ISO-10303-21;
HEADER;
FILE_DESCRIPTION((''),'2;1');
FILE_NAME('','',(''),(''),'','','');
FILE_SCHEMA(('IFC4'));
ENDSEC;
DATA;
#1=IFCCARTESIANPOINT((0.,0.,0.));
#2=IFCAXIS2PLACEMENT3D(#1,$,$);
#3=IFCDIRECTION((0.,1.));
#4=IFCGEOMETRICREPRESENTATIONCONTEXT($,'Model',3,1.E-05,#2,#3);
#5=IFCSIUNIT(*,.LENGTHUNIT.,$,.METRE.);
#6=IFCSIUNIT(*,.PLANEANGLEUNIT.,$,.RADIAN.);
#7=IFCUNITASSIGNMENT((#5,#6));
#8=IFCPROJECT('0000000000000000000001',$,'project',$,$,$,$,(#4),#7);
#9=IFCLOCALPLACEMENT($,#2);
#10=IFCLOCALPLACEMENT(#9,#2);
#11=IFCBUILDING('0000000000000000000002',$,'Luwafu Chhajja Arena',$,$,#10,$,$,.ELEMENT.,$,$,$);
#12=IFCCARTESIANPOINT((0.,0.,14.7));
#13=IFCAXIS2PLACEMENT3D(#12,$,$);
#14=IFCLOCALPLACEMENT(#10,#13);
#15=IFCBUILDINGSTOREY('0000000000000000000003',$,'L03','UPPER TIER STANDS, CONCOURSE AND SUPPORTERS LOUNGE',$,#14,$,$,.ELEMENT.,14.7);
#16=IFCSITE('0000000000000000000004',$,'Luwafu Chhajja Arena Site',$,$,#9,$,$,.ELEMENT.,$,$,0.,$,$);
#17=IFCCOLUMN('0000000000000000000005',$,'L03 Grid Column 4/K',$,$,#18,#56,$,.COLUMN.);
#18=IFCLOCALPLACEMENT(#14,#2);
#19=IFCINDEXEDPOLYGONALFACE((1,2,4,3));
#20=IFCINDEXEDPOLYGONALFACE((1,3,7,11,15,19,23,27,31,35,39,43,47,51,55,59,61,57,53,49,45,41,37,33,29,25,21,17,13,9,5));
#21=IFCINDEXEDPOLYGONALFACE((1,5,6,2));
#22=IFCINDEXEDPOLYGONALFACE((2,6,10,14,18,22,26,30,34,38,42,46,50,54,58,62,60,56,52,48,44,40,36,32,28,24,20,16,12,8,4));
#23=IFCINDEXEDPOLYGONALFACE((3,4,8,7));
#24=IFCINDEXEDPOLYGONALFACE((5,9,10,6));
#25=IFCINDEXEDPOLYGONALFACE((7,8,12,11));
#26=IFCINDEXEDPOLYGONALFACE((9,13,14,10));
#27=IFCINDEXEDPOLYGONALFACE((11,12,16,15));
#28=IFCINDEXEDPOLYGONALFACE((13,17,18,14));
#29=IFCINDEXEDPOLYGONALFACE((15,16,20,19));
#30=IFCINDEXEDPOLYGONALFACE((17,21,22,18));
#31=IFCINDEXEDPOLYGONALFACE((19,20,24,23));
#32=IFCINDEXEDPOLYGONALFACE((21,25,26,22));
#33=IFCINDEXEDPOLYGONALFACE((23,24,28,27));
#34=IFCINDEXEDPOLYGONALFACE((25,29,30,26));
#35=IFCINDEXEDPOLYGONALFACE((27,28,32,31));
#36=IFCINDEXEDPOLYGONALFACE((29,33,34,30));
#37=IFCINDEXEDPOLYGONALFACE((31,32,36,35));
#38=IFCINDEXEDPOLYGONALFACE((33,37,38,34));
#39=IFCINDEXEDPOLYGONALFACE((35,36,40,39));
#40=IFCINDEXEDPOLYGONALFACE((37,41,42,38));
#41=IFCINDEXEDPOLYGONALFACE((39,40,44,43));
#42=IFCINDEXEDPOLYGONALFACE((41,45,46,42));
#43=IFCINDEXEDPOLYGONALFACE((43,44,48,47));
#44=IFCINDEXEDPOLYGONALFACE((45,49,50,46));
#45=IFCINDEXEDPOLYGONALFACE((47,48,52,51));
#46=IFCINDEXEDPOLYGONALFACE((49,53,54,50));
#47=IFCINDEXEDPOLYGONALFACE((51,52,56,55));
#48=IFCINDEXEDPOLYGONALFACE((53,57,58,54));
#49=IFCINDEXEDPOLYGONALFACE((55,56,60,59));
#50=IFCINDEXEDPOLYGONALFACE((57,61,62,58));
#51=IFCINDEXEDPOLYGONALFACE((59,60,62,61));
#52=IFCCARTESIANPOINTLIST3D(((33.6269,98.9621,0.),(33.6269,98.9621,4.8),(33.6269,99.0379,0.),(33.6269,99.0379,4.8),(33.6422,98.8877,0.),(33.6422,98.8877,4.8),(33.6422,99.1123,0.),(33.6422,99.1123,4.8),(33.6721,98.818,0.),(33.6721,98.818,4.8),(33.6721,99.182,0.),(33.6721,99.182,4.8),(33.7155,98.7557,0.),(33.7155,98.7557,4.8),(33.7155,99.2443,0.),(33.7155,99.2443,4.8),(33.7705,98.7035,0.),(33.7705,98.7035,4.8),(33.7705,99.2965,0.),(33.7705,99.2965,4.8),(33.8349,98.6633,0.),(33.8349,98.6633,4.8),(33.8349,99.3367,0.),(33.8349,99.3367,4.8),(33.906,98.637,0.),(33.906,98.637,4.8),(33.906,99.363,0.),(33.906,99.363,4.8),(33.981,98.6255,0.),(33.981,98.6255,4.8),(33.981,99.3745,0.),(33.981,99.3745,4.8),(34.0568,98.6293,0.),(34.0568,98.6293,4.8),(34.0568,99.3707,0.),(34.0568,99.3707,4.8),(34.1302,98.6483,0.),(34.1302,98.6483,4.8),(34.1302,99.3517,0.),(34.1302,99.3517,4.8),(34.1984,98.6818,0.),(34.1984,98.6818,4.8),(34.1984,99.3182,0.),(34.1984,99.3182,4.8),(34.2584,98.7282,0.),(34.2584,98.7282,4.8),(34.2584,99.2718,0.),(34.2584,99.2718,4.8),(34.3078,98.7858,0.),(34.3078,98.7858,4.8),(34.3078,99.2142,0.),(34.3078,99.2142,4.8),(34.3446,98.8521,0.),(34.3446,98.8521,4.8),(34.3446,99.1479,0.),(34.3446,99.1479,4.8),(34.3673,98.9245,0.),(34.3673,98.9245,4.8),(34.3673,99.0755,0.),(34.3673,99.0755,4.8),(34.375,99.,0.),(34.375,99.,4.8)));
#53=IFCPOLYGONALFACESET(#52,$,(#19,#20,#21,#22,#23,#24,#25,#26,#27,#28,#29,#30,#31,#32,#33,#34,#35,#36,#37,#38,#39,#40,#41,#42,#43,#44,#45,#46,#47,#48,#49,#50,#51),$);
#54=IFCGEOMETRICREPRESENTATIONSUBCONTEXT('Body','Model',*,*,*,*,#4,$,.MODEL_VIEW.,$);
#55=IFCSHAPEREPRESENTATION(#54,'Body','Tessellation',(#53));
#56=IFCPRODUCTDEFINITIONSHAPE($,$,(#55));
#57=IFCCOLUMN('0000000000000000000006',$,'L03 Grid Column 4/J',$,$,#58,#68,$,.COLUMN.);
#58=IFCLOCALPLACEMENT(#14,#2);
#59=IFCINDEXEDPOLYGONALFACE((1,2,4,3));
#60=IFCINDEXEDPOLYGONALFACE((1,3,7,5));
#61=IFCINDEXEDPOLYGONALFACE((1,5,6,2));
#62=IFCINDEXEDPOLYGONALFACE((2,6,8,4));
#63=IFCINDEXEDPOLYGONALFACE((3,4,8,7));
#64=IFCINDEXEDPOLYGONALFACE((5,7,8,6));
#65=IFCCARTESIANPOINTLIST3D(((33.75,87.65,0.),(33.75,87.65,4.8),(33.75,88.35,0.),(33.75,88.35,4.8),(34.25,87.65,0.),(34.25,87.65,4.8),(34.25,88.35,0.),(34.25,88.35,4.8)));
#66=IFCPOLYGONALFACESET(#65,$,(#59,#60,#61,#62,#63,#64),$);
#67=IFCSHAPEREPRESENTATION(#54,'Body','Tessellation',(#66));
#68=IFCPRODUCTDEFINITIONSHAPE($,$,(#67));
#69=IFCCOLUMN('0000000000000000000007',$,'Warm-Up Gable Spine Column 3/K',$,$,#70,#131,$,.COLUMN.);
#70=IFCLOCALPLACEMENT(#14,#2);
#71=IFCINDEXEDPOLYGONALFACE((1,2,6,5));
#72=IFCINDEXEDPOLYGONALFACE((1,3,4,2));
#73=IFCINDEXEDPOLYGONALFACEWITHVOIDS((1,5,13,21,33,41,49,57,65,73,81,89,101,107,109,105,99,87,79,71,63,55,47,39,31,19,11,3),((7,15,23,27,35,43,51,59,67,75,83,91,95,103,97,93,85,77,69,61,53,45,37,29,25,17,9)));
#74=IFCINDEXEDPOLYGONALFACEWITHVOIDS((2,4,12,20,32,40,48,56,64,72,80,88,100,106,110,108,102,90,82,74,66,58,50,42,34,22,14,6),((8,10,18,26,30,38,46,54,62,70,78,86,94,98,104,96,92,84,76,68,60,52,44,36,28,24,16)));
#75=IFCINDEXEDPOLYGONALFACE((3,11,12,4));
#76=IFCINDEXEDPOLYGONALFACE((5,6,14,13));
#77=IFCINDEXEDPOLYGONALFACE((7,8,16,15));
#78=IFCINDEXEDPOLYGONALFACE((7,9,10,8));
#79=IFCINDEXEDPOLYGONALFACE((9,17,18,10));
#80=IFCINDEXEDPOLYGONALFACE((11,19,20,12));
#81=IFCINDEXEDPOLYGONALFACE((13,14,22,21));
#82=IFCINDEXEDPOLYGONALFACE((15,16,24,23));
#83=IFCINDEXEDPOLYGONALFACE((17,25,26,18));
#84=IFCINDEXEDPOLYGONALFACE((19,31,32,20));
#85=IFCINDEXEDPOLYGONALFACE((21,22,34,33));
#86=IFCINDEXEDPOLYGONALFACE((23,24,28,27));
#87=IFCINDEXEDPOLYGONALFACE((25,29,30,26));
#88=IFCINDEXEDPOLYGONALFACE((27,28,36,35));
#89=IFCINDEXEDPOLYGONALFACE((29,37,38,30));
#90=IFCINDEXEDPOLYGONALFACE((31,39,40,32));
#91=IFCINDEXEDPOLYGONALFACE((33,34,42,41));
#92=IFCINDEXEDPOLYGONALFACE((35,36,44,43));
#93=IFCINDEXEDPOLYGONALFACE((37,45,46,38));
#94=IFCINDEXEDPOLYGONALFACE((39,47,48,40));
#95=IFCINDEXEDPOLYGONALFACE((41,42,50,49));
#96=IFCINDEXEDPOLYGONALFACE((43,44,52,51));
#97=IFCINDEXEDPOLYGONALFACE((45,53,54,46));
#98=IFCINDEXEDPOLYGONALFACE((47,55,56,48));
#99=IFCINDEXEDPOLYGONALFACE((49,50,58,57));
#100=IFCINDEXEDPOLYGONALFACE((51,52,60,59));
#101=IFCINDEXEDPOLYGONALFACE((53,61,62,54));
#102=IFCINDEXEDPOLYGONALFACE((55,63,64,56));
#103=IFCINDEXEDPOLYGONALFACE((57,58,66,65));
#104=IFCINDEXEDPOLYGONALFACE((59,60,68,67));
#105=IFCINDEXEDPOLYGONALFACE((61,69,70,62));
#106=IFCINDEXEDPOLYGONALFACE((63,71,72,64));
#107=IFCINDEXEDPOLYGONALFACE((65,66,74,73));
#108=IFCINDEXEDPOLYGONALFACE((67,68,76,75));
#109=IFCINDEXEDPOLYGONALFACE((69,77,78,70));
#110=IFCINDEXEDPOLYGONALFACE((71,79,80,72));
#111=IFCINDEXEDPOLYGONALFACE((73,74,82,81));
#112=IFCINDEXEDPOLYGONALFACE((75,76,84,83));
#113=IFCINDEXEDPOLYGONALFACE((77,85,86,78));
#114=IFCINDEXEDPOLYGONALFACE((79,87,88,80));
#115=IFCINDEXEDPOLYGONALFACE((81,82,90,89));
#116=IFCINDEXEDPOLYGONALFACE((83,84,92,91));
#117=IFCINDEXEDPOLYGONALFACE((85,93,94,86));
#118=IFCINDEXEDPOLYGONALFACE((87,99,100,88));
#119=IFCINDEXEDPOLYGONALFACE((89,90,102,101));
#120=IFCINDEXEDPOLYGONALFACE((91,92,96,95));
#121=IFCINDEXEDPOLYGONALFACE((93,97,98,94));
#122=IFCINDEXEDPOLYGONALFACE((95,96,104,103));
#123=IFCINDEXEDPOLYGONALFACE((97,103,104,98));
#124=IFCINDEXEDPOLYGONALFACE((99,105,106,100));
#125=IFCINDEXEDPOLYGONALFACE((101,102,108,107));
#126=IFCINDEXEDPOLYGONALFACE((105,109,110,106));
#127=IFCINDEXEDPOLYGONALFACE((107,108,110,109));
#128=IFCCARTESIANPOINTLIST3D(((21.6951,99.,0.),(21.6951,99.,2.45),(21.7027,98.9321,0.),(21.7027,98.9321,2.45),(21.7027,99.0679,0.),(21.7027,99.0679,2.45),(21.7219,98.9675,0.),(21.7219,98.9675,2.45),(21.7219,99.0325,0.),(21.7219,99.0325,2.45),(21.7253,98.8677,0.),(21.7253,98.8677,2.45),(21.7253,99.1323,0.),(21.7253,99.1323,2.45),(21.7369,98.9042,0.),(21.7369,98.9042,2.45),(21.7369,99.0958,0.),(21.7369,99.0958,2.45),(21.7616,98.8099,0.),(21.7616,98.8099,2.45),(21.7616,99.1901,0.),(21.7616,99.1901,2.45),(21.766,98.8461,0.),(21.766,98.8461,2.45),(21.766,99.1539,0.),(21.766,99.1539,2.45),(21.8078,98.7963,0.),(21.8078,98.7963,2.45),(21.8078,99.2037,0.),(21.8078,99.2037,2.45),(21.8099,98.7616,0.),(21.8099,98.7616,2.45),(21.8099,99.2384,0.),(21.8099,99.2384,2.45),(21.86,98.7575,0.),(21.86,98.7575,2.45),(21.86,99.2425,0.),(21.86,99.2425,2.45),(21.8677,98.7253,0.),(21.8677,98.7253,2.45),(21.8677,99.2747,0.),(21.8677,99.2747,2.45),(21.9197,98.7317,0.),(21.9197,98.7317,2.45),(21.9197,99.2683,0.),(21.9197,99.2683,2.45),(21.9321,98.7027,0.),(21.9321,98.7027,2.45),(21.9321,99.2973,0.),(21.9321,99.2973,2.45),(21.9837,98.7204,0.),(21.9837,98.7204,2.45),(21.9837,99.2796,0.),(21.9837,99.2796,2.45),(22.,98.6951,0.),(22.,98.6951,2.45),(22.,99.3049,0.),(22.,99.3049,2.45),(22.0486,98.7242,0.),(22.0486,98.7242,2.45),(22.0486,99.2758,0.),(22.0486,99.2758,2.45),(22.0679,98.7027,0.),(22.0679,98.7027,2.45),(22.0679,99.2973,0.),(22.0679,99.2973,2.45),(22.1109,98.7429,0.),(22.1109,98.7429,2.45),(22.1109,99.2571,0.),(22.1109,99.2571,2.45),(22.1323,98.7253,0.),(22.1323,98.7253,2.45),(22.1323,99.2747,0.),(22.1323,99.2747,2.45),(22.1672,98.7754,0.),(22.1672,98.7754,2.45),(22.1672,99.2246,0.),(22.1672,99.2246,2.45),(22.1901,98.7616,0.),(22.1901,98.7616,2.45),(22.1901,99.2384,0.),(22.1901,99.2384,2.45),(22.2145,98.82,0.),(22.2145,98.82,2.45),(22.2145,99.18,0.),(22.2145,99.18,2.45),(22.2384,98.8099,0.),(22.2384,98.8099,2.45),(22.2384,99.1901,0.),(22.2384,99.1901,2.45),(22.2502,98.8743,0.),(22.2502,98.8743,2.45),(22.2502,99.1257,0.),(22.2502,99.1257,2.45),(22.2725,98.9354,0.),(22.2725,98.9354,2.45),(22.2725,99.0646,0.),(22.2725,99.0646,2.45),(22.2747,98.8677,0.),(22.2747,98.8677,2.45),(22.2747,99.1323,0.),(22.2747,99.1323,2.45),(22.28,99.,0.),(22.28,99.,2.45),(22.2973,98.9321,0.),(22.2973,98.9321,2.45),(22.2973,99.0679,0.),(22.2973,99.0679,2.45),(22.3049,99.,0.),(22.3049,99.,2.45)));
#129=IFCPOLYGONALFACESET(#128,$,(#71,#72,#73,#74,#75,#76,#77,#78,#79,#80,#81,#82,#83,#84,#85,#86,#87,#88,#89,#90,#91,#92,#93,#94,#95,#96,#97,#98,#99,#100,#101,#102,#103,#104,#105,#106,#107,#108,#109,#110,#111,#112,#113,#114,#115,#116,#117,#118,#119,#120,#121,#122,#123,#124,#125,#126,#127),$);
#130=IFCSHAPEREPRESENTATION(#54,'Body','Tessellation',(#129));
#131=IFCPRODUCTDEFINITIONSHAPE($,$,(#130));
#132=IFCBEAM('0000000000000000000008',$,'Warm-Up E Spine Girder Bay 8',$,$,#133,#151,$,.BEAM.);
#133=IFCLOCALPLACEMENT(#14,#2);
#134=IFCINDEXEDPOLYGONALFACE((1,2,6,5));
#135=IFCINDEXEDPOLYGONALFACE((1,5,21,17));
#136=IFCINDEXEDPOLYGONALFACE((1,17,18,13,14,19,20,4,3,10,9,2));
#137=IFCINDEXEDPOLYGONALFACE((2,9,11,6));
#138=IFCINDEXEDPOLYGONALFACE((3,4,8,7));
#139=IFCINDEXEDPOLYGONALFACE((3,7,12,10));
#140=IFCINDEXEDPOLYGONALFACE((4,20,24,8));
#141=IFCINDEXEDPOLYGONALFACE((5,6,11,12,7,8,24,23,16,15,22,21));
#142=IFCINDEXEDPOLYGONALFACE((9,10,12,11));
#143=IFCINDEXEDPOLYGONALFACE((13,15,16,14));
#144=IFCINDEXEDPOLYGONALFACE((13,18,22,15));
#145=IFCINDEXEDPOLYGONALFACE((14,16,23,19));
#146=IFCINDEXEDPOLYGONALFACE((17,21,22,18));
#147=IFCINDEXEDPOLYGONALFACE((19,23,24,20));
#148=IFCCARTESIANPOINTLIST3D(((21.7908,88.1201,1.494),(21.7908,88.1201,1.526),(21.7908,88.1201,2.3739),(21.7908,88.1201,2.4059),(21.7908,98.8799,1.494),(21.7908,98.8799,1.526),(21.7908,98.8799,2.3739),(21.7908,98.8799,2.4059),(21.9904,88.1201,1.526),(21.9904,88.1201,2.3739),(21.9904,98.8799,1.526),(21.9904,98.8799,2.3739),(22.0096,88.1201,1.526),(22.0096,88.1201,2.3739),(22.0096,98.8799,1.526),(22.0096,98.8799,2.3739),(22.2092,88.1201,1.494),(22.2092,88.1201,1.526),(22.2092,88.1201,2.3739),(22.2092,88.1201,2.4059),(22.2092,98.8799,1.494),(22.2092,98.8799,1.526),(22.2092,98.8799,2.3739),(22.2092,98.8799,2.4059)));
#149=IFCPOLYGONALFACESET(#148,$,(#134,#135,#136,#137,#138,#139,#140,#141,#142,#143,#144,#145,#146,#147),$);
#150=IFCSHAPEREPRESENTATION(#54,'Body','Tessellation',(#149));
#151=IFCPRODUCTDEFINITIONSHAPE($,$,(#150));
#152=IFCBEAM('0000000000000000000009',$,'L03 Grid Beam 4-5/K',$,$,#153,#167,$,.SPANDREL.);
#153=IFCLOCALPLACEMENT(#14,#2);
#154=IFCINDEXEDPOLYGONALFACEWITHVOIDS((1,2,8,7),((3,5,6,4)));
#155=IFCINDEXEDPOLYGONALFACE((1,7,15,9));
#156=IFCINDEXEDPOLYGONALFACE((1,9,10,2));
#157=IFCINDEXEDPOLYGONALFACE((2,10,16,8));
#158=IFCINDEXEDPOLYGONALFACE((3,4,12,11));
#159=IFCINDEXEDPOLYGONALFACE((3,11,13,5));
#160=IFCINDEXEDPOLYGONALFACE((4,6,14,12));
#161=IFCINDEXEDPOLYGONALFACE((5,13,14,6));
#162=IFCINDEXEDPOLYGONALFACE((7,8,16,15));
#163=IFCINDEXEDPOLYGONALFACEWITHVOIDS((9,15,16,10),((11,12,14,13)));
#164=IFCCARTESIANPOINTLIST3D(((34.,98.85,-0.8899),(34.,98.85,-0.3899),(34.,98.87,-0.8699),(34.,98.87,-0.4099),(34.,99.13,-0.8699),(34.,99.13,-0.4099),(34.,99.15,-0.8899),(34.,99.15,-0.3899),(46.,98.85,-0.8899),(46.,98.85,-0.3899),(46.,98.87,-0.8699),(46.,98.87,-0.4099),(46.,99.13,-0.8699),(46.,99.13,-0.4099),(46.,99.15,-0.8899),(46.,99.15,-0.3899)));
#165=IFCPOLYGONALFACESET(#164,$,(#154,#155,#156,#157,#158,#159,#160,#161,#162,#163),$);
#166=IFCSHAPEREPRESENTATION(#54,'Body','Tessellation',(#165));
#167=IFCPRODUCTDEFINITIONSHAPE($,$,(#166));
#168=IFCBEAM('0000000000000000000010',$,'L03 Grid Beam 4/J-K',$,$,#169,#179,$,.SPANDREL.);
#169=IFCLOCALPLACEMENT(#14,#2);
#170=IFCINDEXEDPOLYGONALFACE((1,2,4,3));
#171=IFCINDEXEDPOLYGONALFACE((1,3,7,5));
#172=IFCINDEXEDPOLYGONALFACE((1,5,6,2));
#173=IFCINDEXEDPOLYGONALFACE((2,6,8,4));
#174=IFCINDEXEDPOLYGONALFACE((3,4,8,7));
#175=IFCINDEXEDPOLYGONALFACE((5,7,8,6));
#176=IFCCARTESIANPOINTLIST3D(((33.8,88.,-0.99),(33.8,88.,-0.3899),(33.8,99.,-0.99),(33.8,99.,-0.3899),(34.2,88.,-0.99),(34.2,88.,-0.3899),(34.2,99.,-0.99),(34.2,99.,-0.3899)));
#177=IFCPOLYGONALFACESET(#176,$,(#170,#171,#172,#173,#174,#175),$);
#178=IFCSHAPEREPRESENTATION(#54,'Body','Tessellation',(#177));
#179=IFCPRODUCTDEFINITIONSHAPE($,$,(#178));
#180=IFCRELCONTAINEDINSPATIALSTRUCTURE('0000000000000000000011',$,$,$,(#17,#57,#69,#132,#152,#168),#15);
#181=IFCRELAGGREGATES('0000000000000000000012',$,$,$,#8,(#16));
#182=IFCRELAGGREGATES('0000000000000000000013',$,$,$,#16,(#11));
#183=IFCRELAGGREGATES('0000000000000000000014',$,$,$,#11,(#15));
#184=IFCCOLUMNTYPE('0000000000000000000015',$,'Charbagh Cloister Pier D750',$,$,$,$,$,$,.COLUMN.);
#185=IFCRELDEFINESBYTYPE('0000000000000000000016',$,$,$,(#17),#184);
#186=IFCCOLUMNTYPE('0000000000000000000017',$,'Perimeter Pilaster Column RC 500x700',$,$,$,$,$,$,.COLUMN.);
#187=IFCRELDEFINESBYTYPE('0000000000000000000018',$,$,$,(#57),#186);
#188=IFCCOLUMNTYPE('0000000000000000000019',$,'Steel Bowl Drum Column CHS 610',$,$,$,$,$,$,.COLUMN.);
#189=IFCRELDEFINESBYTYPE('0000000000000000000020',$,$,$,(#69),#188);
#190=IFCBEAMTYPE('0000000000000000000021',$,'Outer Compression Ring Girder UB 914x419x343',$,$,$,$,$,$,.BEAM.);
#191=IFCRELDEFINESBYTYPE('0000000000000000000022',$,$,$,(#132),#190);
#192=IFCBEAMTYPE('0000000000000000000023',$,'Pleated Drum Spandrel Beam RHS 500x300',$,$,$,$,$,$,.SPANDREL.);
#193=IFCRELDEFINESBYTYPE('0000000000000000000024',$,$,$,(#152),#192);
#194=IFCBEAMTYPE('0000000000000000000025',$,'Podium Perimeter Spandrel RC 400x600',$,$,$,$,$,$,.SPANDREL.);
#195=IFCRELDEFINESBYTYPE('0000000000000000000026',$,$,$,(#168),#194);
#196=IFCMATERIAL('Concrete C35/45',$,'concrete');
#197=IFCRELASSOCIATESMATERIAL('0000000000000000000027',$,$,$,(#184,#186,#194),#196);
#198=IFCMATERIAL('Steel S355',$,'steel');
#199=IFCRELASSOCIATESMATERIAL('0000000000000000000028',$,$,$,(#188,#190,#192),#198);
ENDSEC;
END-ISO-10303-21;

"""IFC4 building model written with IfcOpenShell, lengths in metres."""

from ifc_helpers import new_model, si_unit, direction, frame, origin, origin_2d, place, context, subcontext, project, spatial, rectangle, hollow_rectangle, circle, hollow_circle, i_section, extrude, material, material_profile, profile_set, type_object, element, save


model = new_model("IFC4")

# Units and contexts
model_context = context("Model", 3, precision=1e-05, world=origin(), true_north=direction((0.0, 1.0)))
body_context = subcontext(model_context, "Body", "Model", "MODEL_VIEW")
ifc_project = project(units=[si_unit("LENGTHUNIT", "METRE"), si_unit("PLANEANGLEUNIT", "RADIAN")], contexts=[model_context])

# Site, building, storey
site_placement = place(None, origin())
site = spatial("IfcSite", under=ifc_project, at=site_placement, Name="Luwafu Chhajja Arena Site", CompositionType="ELEMENT", RefElevation=0.0)
building_placement = place(site_placement, origin())
building = spatial("IfcBuilding", under=site, at=building_placement, Name="Luwafu Chhajja Arena", CompositionType="ELEMENT")
storey_placement = place(building_placement, frame((0.0, 0.0, 14.7)))
storey = spatial("IfcBuildingStorey", under=building, at=storey_placement, Name="L03", Description="UPPER TIER STANDS, CONCOURSE AND SUPPORTERS LOUNGE", CompositionType="ELEMENT", Elevation=14.7)

# Columns
ifc_material_1 = material(Name="Concrete C35/45", Category="concrete")
ifc_material_profile_1 = material_profile(ifc_material_1, circle(Radius=0.375, at=origin_2d()), Name="RC COL D750")
ifc_profile_set_1 = profile_set([ifc_material_profile_1], Name="Concrete C35/45")
column_type_1 = type_object("IfcColumnType", Name="Charbagh Cloister Pier D750", PredefinedType="COLUMN", material=ifc_profile_set_1)
column_1_placement = place(storey_placement, frame((34.0, 99.0, 0.0), z_axis=(0.0, 0.0, 1.0), x_axis=(1.0, 0.0, 0.0)))
element("IfcColumn", 1, at=column_1_placement, inside=storey, type_object=column_type_1, Name="L03 Grid Column 4/K", PredefinedType="COLUMN", context=body_context, shape_type="SweptSolid", body=[
    extrude(circle(Radius=0.375, at=origin_2d()), origin(), (0.0, 0.0, 1.0), 4.8),
])
ifc_material_profile_2 = material_profile(ifc_material_1, rectangle(XDim=0.5, YDim=0.7, at=origin_2d()), Name="RC 500x700")
ifc_profile_set_2 = profile_set([ifc_material_profile_2], Name="Concrete C35/45")
column_type_2 = type_object("IfcColumnType", Name="Perimeter Pilaster Column RC 500x700", PredefinedType="COLUMN", material=ifc_profile_set_2)
column_2_placement = place(storey_placement, frame((34.0, 88.0, 0.0), z_axis=(0.0, 0.0, 1.0), x_axis=(1.0, 0.0, 0.0)))
element("IfcColumn", 2, at=column_2_placement, inside=storey, type_object=column_type_2, Name="L03 Grid Column 4/J", PredefinedType="COLUMN", context=body_context, shape_type="SweptSolid", body=[
    extrude(rectangle(XDim=0.5, YDim=0.7, at=origin_2d()), origin(), (0.0, 0.0, 1.0), 4.8),
])
ifc_material_2 = material(Name="Steel S355", Category="steel")
ifc_material_profile_3 = material_profile(ifc_material_2, hollow_circle(Radius=0.3049, WallThickness=0.0249, at=origin_2d()), Name="CHS 610x25")
ifc_profile_set_3 = profile_set([ifc_material_profile_3], Name="Steel S355")
column_type_3 = type_object("IfcColumnType", Name="Steel Bowl Drum Column CHS 610", PredefinedType="COLUMN", material=ifc_profile_set_3)
column_3_placement = place(storey_placement, frame((22.0, 99.0, 0.0), z_axis=(0.0, 0.0, 1.0), x_axis=(1.0, 0.0, 0.0)))
element("IfcColumn", 3, at=column_3_placement, inside=storey, type_object=column_type_3, Name="Warm-Up Gable Spine Column 3/K", PredefinedType="COLUMN", context=body_context, shape_type="SweptSolid", body=[
    extrude(hollow_circle(Radius=0.3049, WallThickness=0.0249, at=origin_2d()), origin(), (0.0, 0.0, 1.0), 2.45),
])

# Beams
ifc_material_profile_4 = material_profile(ifc_material_2, i_section(OverallWidth=0.4185, OverallDepth=0.9119, WebThickness=0.0193, FlangeThickness=0.032, at=origin_2d()), Name="UB 914x419x343")
ifc_profile_set_4 = profile_set([ifc_material_profile_4], Name="Steel S355")
beam_type_1 = type_object("IfcBeamType", Name="Outer Compression Ring Girder UB 914x419x343", PredefinedType="BEAM", material=ifc_profile_set_4)
beam_1_placement = place(storey_placement, frame((22.0, 88.1201, 1.95), z_axis=(0.0, 1.0, 0.0), x_axis=(-1.0, 0.0, 0.0)))
element("IfcBeam", 4, at=beam_1_placement, inside=storey, type_object=beam_type_1, Name="Warm-Up E Spine Girder Bay 8", PredefinedType="BEAM", context=body_context, shape_type="SweptSolid", body=[
    extrude(i_section(OverallWidth=0.4185, OverallDepth=0.9119, WebThickness=0.0193, FlangeThickness=0.032, at=origin_2d()), origin(), (0.0, 0.0, 1.0), 10.7598),
])
ifc_material_profile_5 = material_profile(ifc_material_2, hollow_rectangle(XDim=0.3, YDim=0.5, WallThickness=0.02, at=origin_2d()), Name="RHS 500x300x20")
ifc_profile_set_5 = profile_set([ifc_material_profile_5], Name="Steel S355")
beam_type_2 = type_object("IfcBeamType", Name="Pleated Drum Spandrel Beam RHS 500x300", PredefinedType="SPANDREL", material=ifc_profile_set_5)
beam_2_placement = place(storey_placement, frame((34.0, 99.0, -0.6399), z_axis=(1.0, 0.0, 0.0), x_axis=(0.0, 1.0, 0.0)))
element("IfcBeam", 5, at=beam_2_placement, inside=storey, type_object=beam_type_2, Name="L03 Grid Beam 4-5/K", PredefinedType="SPANDREL", context=body_context, shape_type="SweptSolid", body=[
    extrude(hollow_rectangle(XDim=0.3, YDim=0.5, WallThickness=0.02, at=origin_2d()), origin(), (0.0, 0.0, 1.0), 12.0),
])
ifc_material_profile_6 = material_profile(ifc_material_1, rectangle(XDim=0.3999, YDim=0.6001, at=origin_2d()), Name="RC 400x600")
ifc_profile_set_6 = profile_set([ifc_material_profile_6], Name="Concrete C35/45")
beam_type_3 = type_object("IfcBeamType", Name="Podium Perimeter Spandrel RC 400x600", PredefinedType="SPANDREL", material=ifc_profile_set_6)
beam_3_placement = place(storey_placement, frame((34.0, 88.0, -0.6899), z_axis=(0.0, 1.0, 0.0), x_axis=(-1.0, 0.0, 0.0)))
element("IfcBeam", 6, at=beam_3_placement, inside=storey, type_object=beam_type_3, Name="L03 Grid Beam 4/J-K", PredefinedType="SPANDREL", context=body_context, shape_type="SweptSolid", body=[
    extrude(rectangle(XDim=0.3999, YDim=0.6001, at=origin_2d()), origin(), (0.0, 0.0, 1.0), 11.0),
])

save(model, "model.ifc")
